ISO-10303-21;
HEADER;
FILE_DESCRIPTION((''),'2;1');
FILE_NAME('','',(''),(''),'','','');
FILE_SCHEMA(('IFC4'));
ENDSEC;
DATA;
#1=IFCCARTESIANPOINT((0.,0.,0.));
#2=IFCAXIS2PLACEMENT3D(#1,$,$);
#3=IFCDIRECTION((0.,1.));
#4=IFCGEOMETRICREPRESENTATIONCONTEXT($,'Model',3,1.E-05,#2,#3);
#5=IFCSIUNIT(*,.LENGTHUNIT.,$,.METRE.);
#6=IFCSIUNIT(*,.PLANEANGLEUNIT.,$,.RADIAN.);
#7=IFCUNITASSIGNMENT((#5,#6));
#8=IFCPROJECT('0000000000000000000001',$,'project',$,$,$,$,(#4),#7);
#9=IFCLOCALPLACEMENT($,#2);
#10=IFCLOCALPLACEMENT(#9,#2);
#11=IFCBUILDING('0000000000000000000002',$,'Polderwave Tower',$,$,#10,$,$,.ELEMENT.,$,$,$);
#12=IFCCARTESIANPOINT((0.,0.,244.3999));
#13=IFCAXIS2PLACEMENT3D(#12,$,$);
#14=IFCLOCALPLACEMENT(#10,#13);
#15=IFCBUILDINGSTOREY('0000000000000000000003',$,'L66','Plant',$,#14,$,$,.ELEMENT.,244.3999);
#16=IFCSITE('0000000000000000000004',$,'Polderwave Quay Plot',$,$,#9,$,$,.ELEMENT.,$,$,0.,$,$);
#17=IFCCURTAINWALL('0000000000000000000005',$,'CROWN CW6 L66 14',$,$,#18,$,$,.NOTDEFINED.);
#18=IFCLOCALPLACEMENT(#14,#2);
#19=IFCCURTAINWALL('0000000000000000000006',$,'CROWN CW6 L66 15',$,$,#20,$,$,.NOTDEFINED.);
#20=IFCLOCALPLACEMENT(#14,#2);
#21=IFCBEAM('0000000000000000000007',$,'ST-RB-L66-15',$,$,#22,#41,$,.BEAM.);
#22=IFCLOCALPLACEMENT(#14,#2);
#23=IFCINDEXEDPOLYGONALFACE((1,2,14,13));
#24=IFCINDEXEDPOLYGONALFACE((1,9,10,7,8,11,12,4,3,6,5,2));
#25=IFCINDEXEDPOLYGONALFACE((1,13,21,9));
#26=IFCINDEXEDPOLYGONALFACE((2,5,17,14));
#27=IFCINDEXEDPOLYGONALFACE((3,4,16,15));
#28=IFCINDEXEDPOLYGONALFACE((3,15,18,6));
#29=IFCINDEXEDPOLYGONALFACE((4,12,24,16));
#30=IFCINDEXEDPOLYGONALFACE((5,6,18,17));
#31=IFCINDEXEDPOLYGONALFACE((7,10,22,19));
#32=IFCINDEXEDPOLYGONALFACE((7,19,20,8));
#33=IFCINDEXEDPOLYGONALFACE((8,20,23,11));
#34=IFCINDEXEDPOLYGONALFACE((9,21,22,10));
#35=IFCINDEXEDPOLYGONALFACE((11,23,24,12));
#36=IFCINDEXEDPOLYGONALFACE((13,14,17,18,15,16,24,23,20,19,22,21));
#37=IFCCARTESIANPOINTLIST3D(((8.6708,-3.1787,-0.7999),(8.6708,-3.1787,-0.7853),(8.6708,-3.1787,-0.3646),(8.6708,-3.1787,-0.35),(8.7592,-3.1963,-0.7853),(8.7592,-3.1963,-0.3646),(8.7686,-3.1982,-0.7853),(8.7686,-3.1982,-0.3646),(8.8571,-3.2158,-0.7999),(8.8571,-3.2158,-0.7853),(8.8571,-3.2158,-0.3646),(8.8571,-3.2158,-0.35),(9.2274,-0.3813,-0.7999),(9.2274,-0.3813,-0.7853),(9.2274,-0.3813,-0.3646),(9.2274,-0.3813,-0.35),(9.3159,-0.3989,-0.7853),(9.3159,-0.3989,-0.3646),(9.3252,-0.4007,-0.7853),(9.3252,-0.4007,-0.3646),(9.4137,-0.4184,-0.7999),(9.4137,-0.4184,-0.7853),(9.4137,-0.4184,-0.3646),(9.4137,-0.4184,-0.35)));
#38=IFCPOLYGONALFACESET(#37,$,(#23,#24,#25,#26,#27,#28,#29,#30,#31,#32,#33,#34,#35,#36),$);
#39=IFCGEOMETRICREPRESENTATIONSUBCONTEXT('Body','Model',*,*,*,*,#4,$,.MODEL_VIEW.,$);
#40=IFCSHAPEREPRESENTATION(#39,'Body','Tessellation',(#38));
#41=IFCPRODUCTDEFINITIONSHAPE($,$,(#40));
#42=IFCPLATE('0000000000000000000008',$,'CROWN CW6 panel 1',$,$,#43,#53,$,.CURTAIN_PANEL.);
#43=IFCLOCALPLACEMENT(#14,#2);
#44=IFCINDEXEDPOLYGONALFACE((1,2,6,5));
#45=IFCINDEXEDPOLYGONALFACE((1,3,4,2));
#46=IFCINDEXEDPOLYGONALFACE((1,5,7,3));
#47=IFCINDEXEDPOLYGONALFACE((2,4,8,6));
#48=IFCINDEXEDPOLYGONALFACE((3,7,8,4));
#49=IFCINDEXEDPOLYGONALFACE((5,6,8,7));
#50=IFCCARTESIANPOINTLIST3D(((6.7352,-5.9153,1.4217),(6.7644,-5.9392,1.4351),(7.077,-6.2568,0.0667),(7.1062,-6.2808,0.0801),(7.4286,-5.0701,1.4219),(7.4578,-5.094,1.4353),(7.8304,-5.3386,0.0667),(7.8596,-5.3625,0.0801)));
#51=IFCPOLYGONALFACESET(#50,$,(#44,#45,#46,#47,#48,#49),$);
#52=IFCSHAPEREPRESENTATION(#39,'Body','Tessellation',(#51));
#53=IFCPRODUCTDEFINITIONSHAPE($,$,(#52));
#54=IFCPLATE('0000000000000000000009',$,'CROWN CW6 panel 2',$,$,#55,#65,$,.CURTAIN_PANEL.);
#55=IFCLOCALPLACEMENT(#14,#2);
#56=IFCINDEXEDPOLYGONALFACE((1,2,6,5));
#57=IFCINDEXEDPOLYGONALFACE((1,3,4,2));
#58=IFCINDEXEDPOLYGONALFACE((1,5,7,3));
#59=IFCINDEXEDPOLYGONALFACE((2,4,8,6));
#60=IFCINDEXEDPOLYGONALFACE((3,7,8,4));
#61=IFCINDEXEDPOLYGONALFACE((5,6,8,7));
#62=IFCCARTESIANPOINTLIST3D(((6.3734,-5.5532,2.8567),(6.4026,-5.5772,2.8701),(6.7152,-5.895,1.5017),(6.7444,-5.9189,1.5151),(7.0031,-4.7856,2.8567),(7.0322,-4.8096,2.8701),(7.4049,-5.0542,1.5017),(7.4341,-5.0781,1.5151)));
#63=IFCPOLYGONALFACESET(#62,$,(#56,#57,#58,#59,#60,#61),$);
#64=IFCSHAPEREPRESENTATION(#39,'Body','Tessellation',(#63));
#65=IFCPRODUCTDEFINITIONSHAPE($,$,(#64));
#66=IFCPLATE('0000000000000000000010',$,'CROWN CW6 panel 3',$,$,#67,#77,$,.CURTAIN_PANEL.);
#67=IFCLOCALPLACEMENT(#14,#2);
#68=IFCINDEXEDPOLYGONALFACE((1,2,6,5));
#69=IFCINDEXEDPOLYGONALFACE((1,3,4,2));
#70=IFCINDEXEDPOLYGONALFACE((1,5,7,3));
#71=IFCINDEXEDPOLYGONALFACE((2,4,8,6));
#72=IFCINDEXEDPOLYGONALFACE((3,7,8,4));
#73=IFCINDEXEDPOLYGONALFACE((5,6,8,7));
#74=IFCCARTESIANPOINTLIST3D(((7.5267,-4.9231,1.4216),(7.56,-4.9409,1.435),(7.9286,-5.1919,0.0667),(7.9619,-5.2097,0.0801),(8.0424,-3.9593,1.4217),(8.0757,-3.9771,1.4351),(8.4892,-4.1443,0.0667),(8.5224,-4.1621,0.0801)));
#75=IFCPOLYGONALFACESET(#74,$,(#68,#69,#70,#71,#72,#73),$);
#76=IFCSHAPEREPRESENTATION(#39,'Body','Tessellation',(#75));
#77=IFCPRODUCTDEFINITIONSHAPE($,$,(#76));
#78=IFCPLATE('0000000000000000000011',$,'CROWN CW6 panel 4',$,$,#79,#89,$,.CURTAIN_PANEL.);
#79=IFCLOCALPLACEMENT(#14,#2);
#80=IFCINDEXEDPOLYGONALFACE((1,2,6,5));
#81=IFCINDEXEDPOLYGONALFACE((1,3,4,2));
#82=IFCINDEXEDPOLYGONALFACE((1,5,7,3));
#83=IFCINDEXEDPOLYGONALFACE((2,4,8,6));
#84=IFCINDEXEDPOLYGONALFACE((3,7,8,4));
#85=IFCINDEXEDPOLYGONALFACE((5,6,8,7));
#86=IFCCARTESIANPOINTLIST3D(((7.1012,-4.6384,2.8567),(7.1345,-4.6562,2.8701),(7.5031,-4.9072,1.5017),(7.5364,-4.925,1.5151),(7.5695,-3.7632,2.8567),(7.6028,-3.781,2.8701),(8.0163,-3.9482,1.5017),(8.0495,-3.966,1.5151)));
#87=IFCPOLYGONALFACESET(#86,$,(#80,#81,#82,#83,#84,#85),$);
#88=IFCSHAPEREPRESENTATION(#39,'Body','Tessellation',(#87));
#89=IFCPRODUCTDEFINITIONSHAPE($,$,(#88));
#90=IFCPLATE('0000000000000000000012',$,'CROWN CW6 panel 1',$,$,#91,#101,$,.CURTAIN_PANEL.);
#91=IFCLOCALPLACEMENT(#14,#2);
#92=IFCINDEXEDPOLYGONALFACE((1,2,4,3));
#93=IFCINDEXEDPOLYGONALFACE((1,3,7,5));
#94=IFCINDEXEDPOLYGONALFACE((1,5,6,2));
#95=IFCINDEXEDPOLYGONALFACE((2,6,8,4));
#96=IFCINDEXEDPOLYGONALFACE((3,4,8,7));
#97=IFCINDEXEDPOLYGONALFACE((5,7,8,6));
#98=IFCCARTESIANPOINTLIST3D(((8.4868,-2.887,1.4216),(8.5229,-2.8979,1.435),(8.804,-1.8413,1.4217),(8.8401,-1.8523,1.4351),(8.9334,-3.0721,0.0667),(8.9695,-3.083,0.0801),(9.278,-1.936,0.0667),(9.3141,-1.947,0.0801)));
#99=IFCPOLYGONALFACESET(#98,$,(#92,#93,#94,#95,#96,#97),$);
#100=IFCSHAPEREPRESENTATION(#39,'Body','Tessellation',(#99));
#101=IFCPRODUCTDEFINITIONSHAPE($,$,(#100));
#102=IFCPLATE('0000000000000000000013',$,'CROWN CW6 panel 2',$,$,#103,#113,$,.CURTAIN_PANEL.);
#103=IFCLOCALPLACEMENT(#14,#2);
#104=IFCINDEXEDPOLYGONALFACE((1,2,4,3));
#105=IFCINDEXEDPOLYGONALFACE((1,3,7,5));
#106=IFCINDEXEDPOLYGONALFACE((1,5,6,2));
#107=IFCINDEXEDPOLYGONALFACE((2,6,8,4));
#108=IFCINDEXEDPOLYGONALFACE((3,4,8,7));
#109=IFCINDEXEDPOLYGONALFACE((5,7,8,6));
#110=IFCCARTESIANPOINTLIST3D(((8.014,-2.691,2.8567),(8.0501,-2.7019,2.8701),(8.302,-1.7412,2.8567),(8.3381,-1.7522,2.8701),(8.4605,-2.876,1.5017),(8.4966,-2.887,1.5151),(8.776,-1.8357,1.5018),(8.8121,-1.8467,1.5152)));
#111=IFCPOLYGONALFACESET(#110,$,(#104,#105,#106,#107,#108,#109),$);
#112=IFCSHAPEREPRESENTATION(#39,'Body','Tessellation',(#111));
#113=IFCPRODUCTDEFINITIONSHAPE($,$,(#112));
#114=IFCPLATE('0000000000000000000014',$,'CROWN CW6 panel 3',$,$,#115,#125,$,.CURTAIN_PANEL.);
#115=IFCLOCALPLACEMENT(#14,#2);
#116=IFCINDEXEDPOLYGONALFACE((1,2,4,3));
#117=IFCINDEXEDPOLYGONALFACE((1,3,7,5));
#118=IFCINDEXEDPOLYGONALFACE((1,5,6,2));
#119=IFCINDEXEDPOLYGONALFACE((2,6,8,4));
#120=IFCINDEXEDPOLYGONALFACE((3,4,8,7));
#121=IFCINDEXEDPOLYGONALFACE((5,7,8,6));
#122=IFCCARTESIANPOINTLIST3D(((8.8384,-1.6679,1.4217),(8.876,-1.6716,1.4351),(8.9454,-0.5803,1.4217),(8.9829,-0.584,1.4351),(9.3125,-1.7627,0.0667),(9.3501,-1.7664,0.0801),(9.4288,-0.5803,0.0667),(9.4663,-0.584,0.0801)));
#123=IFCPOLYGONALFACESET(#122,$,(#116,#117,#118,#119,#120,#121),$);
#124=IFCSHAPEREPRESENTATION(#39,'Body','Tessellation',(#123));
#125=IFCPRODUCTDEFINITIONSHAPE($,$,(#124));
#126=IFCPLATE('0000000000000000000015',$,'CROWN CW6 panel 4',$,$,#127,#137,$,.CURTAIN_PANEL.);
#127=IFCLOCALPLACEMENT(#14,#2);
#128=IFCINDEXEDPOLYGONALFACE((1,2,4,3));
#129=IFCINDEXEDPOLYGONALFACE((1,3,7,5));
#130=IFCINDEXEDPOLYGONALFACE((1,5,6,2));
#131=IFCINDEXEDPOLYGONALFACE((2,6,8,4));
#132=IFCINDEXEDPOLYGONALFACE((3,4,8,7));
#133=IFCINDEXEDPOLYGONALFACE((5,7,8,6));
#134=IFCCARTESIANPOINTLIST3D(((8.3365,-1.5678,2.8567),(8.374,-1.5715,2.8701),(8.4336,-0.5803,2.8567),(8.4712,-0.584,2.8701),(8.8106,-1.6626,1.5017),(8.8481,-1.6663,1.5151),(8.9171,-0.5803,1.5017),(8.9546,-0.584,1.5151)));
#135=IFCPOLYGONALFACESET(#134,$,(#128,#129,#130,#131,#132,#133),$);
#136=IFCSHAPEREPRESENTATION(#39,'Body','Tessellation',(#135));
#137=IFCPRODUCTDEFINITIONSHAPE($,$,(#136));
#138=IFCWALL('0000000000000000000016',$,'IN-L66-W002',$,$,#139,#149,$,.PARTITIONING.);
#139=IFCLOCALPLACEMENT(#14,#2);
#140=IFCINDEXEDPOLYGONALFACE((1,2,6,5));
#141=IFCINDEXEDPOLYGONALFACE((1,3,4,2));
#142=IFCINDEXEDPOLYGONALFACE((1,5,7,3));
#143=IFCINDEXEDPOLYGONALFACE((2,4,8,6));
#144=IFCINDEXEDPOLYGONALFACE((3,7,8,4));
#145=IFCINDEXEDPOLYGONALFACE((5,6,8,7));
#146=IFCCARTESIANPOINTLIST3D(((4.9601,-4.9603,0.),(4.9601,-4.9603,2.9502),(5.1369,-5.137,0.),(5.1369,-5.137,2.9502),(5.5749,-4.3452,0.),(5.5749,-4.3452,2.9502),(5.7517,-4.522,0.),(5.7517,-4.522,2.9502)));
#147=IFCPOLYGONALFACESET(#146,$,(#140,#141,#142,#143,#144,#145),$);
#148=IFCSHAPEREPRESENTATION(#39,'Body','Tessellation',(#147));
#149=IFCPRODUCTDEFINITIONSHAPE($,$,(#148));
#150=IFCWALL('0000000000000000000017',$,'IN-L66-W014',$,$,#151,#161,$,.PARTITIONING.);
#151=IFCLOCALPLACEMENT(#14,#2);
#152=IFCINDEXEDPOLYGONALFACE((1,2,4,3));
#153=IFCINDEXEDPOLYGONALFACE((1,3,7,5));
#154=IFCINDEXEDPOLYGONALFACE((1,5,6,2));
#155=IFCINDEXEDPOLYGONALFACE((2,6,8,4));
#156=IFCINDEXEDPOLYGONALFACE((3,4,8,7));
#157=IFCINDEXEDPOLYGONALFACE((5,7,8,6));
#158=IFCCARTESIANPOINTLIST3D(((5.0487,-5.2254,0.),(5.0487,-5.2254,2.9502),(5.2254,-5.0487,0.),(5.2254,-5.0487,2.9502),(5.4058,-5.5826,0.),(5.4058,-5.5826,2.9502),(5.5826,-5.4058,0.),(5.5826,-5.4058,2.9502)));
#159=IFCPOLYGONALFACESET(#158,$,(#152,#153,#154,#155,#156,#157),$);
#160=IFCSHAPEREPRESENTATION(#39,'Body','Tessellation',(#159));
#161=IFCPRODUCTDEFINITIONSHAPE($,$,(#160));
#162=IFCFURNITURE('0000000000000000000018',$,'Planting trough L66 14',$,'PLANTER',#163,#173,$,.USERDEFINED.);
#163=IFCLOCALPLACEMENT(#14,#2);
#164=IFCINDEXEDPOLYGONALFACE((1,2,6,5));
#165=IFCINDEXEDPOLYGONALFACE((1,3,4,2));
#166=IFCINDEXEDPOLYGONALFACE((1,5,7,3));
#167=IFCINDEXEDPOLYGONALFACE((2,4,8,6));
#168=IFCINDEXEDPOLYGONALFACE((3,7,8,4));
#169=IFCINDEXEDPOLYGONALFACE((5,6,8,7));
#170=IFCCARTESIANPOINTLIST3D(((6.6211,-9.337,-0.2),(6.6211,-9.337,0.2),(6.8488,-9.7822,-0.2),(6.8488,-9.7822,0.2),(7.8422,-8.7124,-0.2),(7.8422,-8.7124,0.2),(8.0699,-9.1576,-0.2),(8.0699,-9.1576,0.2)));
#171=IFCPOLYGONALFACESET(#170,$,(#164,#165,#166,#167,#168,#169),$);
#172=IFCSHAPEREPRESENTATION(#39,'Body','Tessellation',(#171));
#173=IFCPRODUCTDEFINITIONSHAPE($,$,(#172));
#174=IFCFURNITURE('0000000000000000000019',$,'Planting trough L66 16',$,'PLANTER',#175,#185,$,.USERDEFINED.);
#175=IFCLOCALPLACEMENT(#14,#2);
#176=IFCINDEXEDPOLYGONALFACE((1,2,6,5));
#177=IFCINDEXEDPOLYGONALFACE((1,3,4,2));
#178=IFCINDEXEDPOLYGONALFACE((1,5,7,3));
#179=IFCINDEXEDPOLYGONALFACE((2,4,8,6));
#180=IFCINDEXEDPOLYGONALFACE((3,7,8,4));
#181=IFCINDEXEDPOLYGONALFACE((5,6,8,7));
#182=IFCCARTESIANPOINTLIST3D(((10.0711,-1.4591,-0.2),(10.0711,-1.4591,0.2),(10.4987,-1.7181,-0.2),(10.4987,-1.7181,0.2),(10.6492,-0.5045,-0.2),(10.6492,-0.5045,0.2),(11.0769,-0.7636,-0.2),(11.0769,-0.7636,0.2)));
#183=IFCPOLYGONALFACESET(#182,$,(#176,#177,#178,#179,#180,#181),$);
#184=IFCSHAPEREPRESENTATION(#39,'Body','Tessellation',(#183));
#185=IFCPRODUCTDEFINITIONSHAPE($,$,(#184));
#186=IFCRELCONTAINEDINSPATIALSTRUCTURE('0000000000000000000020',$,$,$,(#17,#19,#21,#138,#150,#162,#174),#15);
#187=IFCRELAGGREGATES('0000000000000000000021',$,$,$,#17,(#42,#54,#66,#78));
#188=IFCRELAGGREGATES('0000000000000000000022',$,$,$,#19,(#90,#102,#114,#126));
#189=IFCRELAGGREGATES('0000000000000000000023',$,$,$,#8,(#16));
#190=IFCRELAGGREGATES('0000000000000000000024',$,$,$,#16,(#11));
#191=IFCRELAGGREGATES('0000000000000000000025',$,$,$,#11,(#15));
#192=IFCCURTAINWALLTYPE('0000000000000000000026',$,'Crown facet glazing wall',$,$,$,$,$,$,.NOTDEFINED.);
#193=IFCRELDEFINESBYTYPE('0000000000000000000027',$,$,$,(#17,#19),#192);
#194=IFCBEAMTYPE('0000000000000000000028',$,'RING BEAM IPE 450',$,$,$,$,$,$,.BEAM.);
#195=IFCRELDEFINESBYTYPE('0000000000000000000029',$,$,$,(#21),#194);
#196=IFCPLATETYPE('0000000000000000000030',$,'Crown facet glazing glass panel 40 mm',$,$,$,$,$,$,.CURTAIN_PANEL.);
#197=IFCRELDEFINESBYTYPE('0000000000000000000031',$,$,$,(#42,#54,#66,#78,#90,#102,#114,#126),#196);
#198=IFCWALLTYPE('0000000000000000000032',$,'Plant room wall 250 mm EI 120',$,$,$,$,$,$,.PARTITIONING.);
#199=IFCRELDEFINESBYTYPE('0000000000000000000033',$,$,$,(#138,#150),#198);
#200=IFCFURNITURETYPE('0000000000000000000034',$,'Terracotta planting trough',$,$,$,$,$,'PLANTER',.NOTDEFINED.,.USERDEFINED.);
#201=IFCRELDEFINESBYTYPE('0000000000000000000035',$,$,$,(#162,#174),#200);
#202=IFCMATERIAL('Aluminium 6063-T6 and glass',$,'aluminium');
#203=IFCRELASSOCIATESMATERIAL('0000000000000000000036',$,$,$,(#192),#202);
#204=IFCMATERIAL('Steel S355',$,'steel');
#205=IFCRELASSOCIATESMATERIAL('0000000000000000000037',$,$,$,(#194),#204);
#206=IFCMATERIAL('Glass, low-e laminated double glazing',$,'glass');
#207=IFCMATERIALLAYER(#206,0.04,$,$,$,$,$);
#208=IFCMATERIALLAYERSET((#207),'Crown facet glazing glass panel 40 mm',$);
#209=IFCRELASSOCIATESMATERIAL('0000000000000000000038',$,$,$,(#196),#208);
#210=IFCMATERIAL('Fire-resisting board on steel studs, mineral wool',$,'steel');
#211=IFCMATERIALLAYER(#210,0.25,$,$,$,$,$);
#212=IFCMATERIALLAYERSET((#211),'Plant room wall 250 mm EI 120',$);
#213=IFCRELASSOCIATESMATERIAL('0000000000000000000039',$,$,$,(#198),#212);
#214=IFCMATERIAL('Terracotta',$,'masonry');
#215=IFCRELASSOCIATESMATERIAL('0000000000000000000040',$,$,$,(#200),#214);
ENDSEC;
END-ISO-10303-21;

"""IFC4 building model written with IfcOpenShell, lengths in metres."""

from ifc_helpers import new_model, si_unit, direction, frame, frame_2d, origin, origin_2d, place, context, subcontext, project, spatial, polyline, rectangle, i_section, outline, extrude, material, layer, layer_set, material_profile, profile_set, type_object, element, aggregate, save


model = new_model("IFC4")

# Units and contexts
model_context = context("Model", 3, precision=1e-05, world=origin(), true_north=direction((0.0, 1.0)))
body_context = subcontext(model_context, "Body", "Model", "MODEL_VIEW")
ifc_project = project(units=[si_unit("LENGTHUNIT", "METRE"), si_unit("PLANEANGLEUNIT", "RADIAN")], contexts=[model_context])

# Site, building, storey
site_placement = place(None, origin())
site = spatial("IfcSite", under=ifc_project, at=site_placement, Name="Polderwave Quay Plot", CompositionType="ELEMENT", RefElevation=0.0)
building_placement = place(site_placement, origin())
building = spatial("IfcBuilding", under=site, at=building_placement, Name="Polderwave Tower", CompositionType="ELEMENT")
storey_placement = place(building_placement, frame((0.0, 0.0, 244.3999)))
storey = spatial("IfcBuildingStorey", under=building, at=storey_placement, Name="L66", Description="Plant", CompositionType="ELEMENT", Elevation=244.3999)

# Shared definitions
ifc_material_1 = material(Name="Aluminium 6063-T6 and glass", Category="aluminium")
curtain_wall_type = type_object("IfcCurtainWallType", Name="Crown facet glazing wall", PredefinedType="NOTDEFINED", material=ifc_material_1)

# Curtain walls
curtain_wall_1_placement = place(storey_placement, origin())
curtain_wall_1 = element("IfcCurtainWall", 1, at=curtain_wall_1_placement, inside=storey, type_object=curtain_wall_type, Name="CROWN CW6 L66 14", PredefinedType="NOTDEFINED")
curtain_wall_2_placement = place(storey_placement, origin())
curtain_wall_2 = element("IfcCurtainWall", 2, at=curtain_wall_2_placement, inside=storey, type_object=curtain_wall_type, Name="CROWN CW6 L66 15", PredefinedType="NOTDEFINED")

# Beam
ifc_material_2 = material(Name="Steel S355", Category="steel")
ifc_material_profile_1 = material_profile(ifc_material_2, i_section(OverallWidth=0.1899, OverallDepth=0.45, WebThickness=0.0095, FlangeThickness=0.0146, at=origin_2d()), Name="IPE 450")
ifc_profile_set_1 = profile_set([ifc_material_profile_1], Name="Steel S355")
beam_type = type_object("IfcBeamType", Name="RING BEAM IPE 450", PredefinedType="BEAM", material=ifc_profile_set_1)
beam_1_placement = place(storey_placement, frame((8.7639, -3.1973, -0.575), z_axis=(0.195161, 0.980771, 0.0), x_axis=(-0.980771, 0.195161, 0.0)))
element("IfcBeam", 3, at=beam_1_placement, inside=storey, type_object=beam_type, Name="ST-RB-L66-15", PredefinedType="BEAM", context=body_context, shape_type="SweptSolid", body=[
    extrude(i_section(OverallWidth=0.1899, OverallDepth=0.45, WebThickness=0.0095, FlangeThickness=0.0146, at=origin_2d()), origin(), (0.0, 0.0, 1.0), 2.8523),
])

# Plates
ifc_material_3 = material(Name="Glass, low-e laminated double glazing", Category="glass")
ifc_layer_1 = layer(ifc_material_3, 0.04)
ifc_layer_set_1 = layer_set([ifc_layer_1], Name="Crown facet glazing glass panel 40 mm")
plate_type = type_object("IfcPlateType", Name="Crown facet glazing glass panel 40 mm", PredefinedType="CURTAIN_PANEL", material=ifc_layer_set_1)
plate_1_placement = place(storey_placement, frame((7.1062, -6.2808, 0.0801), z_axis=(0.728553, -0.597776, 0.334476), x_axis=(0.634311, 0.773078, -0.000005)))
plate_1 = element("IfcPlate", 4, at=plate_1_placement, type_object=plate_type, Name="CROWN CW6 panel 1", PredefinedType="CURTAIN_PANEL", context=body_context, shape_type="SweptSolid", body=[
    extrude(outline(polyline([(0.0, 0.0), (1.1878, 0.0), (1.1405, 1.4381), (0.0472, 1.4378), (0.0, 0.0)])), origin(), (0.0, 0.0, -1.0), 0.04),
])
plate_2_placement = place(storey_placement, frame((6.7444, -5.9189, 1.5151), z_axis=(0.728611, -0.597664, 0.33455), x_axis=(0.634208, 0.773162, 0.000002)))
plate_2 = element("IfcPlate", 5, at=plate_2_placement, type_object=plate_type, Name="CROWN CW6 panel 2", PredefinedType="CURTAIN_PANEL", context=body_context, shape_type="SweptSolid", body=[
    extrude(outline(polyline([(0.0, 0.0), (1.0875, 0.0), (1.0403, 1.4378), (0.0475, 1.4378), (0.0, 0.0)])), origin(), (0.0, 0.0, -1.0), 0.04),
])
plate_3_placement = place(storey_placement, frame((7.9619, -5.2097, 0.0801), z_axis=(0.830898, -0.444544, 0.334649), x_axis=(0.471748, 0.881734, -0.000014)))
plate_3 = element("IfcPlate", 6, at=plate_3_placement, type_object=plate_type, Name="CROWN CW6 panel 3", PredefinedType="CURTAIN_PANEL", context=body_context, shape_type="SweptSolid", body=[
    extrude(outline(polyline([(0.0, 0.0), (1.1881, 0.0), (1.1405, 1.4379), (0.0474, 1.4379), (0.0, 0.0)])), origin(), (0.0, 0.0, -1.0), 0.04),
])
plate_4_placement = place(storey_placement, frame((7.5364, -4.925, 1.5151), z_axis=(0.830878, -0.44458, 0.334649), x_axis=(0.471786, 0.881713, -0.000015)))
plate_4 = element("IfcPlate", 7, at=plate_4_placement, type_object=plate_type, Name="CROWN CW6 panel 4", PredefinedType="CURTAIN_PANEL", context=body_context, shape_type="SweptSolid", body=[
    extrude(outline(polyline([(0.0, 0.0), (1.0877, 0.0), (1.04, 1.4379), (0.0474, 1.4379), (0.0, 0.0)])), origin(), (0.0, 0.0, -1.0), 0.04),
])
aggregate(curtain_wall_1, [plate_1, plate_2, plate_3, plate_4])
plate_5_placement = place(storey_placement, frame((8.9695, -3.083, 0.0801), z_axis=(0.901773, -0.273579, 0.334604), x_axis=(0.290321, 0.956929, -0.000023)))
plate_5 = element("IfcPlate", 8, at=plate_5_placement, type_object=plate_type, Name="CROWN CW6 panel 1", PredefinedType="CURTAIN_PANEL", context=body_context, shape_type="SweptSolid", body=[
    extrude(outline(polyline([(0.0, 0.0), (1.1871, 0.0), (1.1401, 1.4379), (0.0474, 1.4378), (0.0, 0.0)])), origin(), (0.0, 0.0, -1.0), 0.04),
])
plate_6_placement = place(storey_placement, frame((8.4966, -2.887, 1.5151), z_axis=(0.901831, -0.273503, 0.33451), x_axis=(0.290217, 0.956961, 0.000017)))
plate_6 = element("IfcPlate", 9, at=plate_6_placement, type_object=plate_type, Name="CROWN CW6 panel 2", PredefinedType="CURTAIN_PANEL", context=body_context, shape_type="SweptSolid", body=[
    extrude(outline(polyline([(0.0, 0.0), (1.0871, 0.0), (1.04, 1.4378), (0.0475, 1.4378), (0.0, 0.0)])), origin(), (0.0, 0.0, -1.0), 0.04),
])
plate_7_placement = place(storey_placement, frame((9.3501, -1.7664, 0.0801), z_axis=(0.937842, -0.092191, 0.334593), x_axis=(0.097828, 0.995203, 0.000005)))
plate_7 = element("IfcPlate", 10, at=plate_7_placement, type_object=plate_type, Name="CROWN CW6 panel 3", PredefinedType="CURTAIN_PANEL", context=body_context, shape_type="SweptSolid", body=[
    extrude(outline(polyline([(0.0, 0.0), (1.1881, 0.0), (1.1408, 1.4378), (0.0479, 1.4379), (0.0, 0.0)])), origin(), (0.0, 0.0, -1.0), 0.04),
])
plate_8_placement = place(storey_placement, frame((8.8481, -1.6663, 1.5151), z_axis=(0.937836, -0.092257, 0.334593), x_axis=(0.097898, 0.995196, 0.000006)))
plate_8 = element("IfcPlate", 11, at=plate_8_placement, type_object=plate_type, Name="CROWN CW6 panel 4", PredefinedType="CURTAIN_PANEL", context=body_context, shape_type="SweptSolid", body=[
    extrude(outline(polyline([(0.0, 0.0), (1.0875, 0.0), (1.0402, 1.4378), (0.0479, 1.4379), (0.0, 0.0)])), origin(), (0.0, 0.0, -1.0), 0.04),
])
aggregate(curtain_wall_2, [plate_5, plate_6, plate_7, plate_8])

# Walls
ifc_material_4 = material(Name="Fire-resisting board on steel studs, mineral wool", Category="steel")
ifc_layer_2 = layer(ifc_material_4, 0.25)
ifc_layer_set_2 = layer_set([ifc_layer_2], Name="Plant room wall 250 mm EI 120")
wall_type = type_object("IfcWallType", Name="Plant room wall 250 mm EI 120", PredefinedType="PARTITIONING", material=ifc_layer_set_2)
wall_1_placement = place(storey_placement, frame((5.6633, -4.4336, 0.0), z_axis=(0.0, 0.0, 1.0), x_axis=(-0.706966, -0.707247, 0.0)))
element("IfcWall", 12, at=wall_1_placement, inside=storey, type_object=wall_type, Name="IN-L66-W002", PredefinedType="PARTITIONING", context=body_context, shape_type="SweptSolid", body=[
    extrude(rectangle(XDim=0.8696, YDim=0.25, at=frame_2d((0.4348, 0.0))), origin(), (0.0, 0.0, 1.0), 2.9502),
])
wall_2_placement = place(storey_placement, frame((5.4941, -5.4941, 0.0), z_axis=(0.0, 0.0, 1.0), x_axis=(-0.707107, 0.707107, 0.0)))
element("IfcWall", 13, at=wall_2_placement, inside=storey, type_object=wall_type, Name="IN-L66-W014", PredefinedType="PARTITIONING", context=body_context, shape_type="SweptSolid", body=[
    extrude(rectangle(XDim=0.5051, YDim=0.25, at=frame_2d((0.2524, 0.0))), origin(), (0.0, 0.0, 1.0), 2.9502),
])

# Furniture
ifc_material_5 = material(Name="Terracotta", Category="masonry")
furniture_type = type_object("IfcFurnitureType", Name="Terracotta planting trough", ElementType="PLANTER", AssemblyPlace="NOTDEFINED", PredefinedType="USERDEFINED", material=ifc_material_5)
furniture_1_placement = place(storey_placement, frame((7.3455, -9.2473, -0.2), z_axis=(0.0, 0.0, 1.0), x_axis=(0.890292, 0.45539, 0.0)))
element("IfcFurniture", 14, at=furniture_1_placement, inside=storey, type_object=furniture_type, Name="Planting trough L66 14", ObjectType="PLANTER", PredefinedType="USERDEFINED", context=body_context, shape_type="SweptSolid", body=[
    extrude(rectangle(XDim=1.3716, YDim=0.5, at=origin_2d()), origin(), (0.0, 0.0, 1.0), 0.3999),
])
furniture_2_placement = place(storey_placement, frame((10.574, -1.1113, -0.2), z_axis=(0.0, 0.0, 1.0), x_axis=(0.5181, 0.85532, 0.0)))
element("IfcFurniture", 15, at=furniture_2_placement, inside=storey, type_object=furniture_type, Name="Planting trough L66 16", ObjectType="PLANTER", PredefinedType="USERDEFINED", context=body_context, shape_type="SweptSolid", body=[
    extrude(rectangle(XDim=1.116, YDim=0.5, at=origin_2d()), origin(), (0.0, 0.0, 1.0), 0.3999),
])

save(model, "model.ifc")
